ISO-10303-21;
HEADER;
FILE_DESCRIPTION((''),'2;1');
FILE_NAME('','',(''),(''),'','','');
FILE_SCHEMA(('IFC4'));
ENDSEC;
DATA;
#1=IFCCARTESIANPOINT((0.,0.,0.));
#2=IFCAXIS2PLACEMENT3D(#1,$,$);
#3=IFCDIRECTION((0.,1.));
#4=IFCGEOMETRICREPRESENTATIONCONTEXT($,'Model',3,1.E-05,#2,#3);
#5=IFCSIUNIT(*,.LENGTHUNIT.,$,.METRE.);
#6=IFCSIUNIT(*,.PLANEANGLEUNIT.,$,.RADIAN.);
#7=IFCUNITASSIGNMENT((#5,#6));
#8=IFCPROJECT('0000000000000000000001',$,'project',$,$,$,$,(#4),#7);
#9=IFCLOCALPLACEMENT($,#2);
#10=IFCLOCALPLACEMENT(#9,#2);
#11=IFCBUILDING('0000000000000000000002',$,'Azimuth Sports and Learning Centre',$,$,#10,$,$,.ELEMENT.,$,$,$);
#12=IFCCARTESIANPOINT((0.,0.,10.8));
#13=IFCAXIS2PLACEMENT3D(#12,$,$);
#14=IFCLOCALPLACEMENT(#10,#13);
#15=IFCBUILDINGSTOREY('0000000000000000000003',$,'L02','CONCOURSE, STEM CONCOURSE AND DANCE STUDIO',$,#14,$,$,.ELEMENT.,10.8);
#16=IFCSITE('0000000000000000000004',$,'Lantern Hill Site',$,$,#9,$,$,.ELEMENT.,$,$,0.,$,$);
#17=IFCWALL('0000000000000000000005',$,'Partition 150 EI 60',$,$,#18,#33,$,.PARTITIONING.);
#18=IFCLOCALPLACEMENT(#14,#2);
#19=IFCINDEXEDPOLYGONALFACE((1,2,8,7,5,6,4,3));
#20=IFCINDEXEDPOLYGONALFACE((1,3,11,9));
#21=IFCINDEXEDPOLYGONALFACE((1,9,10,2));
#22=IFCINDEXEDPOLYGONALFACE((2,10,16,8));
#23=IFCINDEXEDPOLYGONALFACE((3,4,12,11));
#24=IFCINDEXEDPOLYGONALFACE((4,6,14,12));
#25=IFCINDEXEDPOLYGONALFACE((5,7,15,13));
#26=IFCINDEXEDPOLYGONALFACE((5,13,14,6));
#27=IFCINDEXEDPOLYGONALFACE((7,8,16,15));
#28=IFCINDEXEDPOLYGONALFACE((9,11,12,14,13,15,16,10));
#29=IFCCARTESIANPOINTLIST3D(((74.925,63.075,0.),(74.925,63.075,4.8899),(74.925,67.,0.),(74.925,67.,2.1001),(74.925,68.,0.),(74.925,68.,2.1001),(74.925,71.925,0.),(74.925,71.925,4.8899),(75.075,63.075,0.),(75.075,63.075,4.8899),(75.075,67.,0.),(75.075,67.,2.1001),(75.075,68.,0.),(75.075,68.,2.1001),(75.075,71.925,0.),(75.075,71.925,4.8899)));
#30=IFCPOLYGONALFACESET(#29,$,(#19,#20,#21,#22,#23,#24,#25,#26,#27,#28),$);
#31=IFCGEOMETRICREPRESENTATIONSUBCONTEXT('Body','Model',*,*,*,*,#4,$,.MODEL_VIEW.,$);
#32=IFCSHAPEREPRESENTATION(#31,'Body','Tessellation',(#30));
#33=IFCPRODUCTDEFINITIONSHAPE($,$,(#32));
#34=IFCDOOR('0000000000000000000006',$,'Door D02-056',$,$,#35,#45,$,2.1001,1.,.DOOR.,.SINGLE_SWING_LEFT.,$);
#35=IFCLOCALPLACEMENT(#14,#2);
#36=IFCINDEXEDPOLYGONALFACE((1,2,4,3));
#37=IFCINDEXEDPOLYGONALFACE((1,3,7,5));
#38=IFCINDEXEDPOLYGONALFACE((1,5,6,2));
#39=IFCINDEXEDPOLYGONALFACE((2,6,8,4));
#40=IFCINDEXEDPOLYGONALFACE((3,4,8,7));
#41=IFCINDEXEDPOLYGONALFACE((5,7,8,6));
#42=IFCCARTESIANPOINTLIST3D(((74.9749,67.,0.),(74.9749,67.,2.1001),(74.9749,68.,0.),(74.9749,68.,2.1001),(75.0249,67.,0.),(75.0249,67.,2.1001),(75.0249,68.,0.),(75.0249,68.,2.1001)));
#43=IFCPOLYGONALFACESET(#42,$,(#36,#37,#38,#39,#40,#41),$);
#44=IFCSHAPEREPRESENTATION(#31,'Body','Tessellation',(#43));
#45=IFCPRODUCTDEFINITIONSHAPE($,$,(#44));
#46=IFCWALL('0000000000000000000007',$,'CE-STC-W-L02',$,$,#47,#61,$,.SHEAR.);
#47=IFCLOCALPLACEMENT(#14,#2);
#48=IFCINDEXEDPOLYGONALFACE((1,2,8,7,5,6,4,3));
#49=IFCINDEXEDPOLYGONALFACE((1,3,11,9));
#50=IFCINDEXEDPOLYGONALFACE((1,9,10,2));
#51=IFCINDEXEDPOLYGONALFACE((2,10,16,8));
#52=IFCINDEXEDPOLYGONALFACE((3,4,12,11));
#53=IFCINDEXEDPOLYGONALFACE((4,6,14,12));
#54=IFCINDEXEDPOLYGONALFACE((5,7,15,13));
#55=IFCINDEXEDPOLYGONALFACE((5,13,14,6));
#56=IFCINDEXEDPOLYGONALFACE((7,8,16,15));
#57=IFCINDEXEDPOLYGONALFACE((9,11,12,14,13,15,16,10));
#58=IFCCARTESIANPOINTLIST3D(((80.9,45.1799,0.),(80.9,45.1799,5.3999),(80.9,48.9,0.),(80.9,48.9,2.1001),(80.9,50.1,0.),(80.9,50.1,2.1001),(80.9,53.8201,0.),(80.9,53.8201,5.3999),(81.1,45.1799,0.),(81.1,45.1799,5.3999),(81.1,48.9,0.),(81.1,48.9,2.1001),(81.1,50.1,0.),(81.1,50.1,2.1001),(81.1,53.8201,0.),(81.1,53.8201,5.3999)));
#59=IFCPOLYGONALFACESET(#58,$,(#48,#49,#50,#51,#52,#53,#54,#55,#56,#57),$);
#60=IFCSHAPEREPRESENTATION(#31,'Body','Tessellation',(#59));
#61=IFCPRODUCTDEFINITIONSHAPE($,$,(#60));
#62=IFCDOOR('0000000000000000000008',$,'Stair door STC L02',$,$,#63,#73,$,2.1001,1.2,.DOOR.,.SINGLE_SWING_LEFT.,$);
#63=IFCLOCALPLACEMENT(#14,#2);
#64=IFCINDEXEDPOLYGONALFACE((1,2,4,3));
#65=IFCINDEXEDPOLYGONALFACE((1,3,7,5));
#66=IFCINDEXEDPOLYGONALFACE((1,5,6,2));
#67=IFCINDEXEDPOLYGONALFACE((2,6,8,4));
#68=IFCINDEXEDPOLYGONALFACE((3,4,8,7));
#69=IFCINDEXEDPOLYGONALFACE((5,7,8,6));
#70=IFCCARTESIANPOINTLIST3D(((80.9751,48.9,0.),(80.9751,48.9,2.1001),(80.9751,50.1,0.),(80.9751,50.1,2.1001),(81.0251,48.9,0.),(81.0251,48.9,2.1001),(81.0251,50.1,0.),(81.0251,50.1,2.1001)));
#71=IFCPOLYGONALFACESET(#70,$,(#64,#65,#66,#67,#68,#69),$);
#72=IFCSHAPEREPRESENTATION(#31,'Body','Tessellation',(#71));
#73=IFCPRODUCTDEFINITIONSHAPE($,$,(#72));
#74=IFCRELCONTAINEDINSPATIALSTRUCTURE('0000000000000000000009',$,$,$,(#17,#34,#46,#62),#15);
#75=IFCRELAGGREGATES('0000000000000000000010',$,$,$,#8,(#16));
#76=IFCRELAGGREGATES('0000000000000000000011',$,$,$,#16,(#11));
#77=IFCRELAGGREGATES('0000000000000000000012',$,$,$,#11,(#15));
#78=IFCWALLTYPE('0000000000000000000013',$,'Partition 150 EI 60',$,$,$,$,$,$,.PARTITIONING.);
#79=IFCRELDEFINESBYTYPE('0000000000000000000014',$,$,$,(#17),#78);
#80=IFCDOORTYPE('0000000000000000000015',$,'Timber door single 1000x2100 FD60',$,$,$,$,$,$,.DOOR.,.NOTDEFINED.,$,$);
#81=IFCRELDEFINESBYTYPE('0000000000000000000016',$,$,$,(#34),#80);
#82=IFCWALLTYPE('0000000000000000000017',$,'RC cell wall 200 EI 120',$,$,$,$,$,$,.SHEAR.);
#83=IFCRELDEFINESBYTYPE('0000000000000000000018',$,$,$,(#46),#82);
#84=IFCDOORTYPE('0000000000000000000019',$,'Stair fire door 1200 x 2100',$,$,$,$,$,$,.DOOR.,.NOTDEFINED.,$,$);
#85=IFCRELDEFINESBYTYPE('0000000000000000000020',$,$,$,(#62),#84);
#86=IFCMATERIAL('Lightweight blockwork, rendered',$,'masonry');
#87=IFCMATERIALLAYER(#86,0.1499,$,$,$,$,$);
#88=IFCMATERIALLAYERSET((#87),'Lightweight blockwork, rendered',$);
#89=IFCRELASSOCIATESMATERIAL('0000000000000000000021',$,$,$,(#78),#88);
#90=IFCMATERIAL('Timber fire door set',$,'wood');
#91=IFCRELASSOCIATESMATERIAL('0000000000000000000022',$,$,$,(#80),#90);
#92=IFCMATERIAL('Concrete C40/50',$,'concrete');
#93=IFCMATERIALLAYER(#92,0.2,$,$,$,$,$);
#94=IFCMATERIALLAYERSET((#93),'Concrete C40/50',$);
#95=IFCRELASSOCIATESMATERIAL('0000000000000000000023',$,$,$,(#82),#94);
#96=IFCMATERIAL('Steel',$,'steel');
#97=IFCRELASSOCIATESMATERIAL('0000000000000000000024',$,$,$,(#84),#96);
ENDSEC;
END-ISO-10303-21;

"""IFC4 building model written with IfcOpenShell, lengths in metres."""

from ifc_helpers import new_model, si_unit, direction, frame, frame_2d, origin, place, context, subcontext, project, spatial, rectangle, extrude, material, layer, layer_set, type_object, element, fill, save


model = new_model("IFC4")

# Units and contexts
model_context = context("Model", 3, precision=1e-05, world=origin(), true_north=direction((0.0, 1.0)))
body_context = subcontext(model_context, "Body", "Model", "MODEL_VIEW")
ifc_project = project(units=[si_unit("LENGTHUNIT", "METRE"), si_unit("PLANEANGLEUNIT", "RADIAN")], contexts=[model_context])

# Site, building, storey
site_placement = place(None, origin())
site = spatial("IfcSite", under=ifc_project, at=site_placement, Name="Lantern Hill Site", CompositionType="ELEMENT", RefElevation=0.0)
building_placement = place(site_placement, origin())
building = spatial("IfcBuilding", under=site, at=building_placement, Name="Azimuth Sports and Learning Centre", CompositionType="ELEMENT")
storey_placement = place(building_placement, frame((0.0, 0.0, 10.8)))
storey = spatial("IfcBuildingStorey", under=building, at=storey_placement, Name="L02", Description="CONCOURSE, STEM CONCOURSE AND DANCE STUDIO", CompositionType="ELEMENT", Elevation=10.8)

# Shared definitions
ifc_material_1 = material(Name="Lightweight blockwork, rendered", Category="masonry")
ifc_layer_1 = layer(ifc_material_1, 0.1499)
ifc_layer_set_1 = layer_set([ifc_layer_1], Name="Lightweight blockwork, rendered")
wall_type_1 = type_object("IfcWallType", Name="Partition 150 EI 60", PredefinedType="PARTITIONING", material=ifc_layer_set_1)

# Walls, openings, doors
ifc_material_2 = material(Name="Timber fire door set", Category="wood")
door_type_1 = type_object("IfcDoorType", Name="Timber door single 1000x2100 FD60", OperationType="NOTDEFINED", PredefinedType="DOOR", material=ifc_material_2)
wall_1_placement = place(storey_placement, frame((75.0, 63.075, 0.0), z_axis=(0.0, 0.0, 1.0), x_axis=(0.0, 1.0, 0.0)))
wall_1 = element("IfcWall", 1, at=wall_1_placement, inside=storey, type_object=wall_type_1, Name="Partition 150 EI 60", PredefinedType="PARTITIONING", context=body_context, shape_type="SweptSolid", body=[
    extrude(rectangle(XDim=8.8501, YDim=0.1499, at=frame_2d((4.425, 0.0))), origin(), (0.0, 0.0, 1.0), 4.8899),
])
opening_1_placement = place(wall_1_placement, frame((3.925, 0.0, 0.0)))
opening_1 = element("IfcOpeningElement", 2, at=opening_1_placement, cuts=wall_1, PredefinedType="OPENING", context=body_context, shape_type="SweptSolid", body=[
    extrude(rectangle(XDim=1.0, YDim=2.1001, at=frame_2d((0.5, 1.05))), frame((0.0, 0.0859, 0.0), z_axis=(0.0, -1.0, 0.0), x_axis=(1.0, 0.0, 0.0)), (0.0, 0.0, 1.0), 0.1719),
])
door_1_placement = place(opening_1_placement, frame((1.0, 0.0, 0.0), z_axis=(0.0, 0.0, 1.0), x_axis=(-1.0, 0.0, 0.0)))
door_1 = element("IfcDoor", 3, at=door_1_placement, inside=storey, type_object=door_type_1, Name="Door D02-056", OperationType="SINGLE_SWING_LEFT", OverallHeight=2.1001, OverallWidth=1.0, PredefinedType="DOOR", context=body_context, shape_type="SweptSolid", body=[
    extrude(rectangle(XDim=1.0, YDim=2.1001, at=frame_2d((0.5, 1.05))), frame((0.0, 0.0249, 0.0), z_axis=(0.0, -1.0, 0.0), x_axis=(1.0, 0.0, 0.0)), (0.0, 0.0, 1.0), 0.05),
])
fill(opening_1, door_1)
ifc_material_3 = material(Name="Concrete C40/50", Category="concrete")
ifc_layer_2 = layer(ifc_material_3, 0.2)
ifc_layer_set_2 = layer_set([ifc_layer_2], Name="Concrete C40/50")
wall_type_2 = type_object("IfcWallType", Name="RC cell wall 200 EI 120", PredefinedType="SHEAR", material=ifc_layer_set_2)
wall_2_placement = place(storey_placement, frame((81.0, 45.1799, 0.0), z_axis=(0.0, 0.0, 1.0), x_axis=(0.0, 1.0, 0.0)))
wall_2 = element("IfcWall", 4, at=wall_2_placement, inside=storey, type_object=wall_type_2, Name="CE-STC-W-L02", PredefinedType="SHEAR", context=body_context, shape_type="SweptSolid", body=[
    extrude(rectangle(XDim=8.6401, YDim=0.2, at=frame_2d((4.3201, 0.0))), origin(), (0.0, 0.0, 1.0), 5.3999),
])
opening_2_placement = place(wall_2_placement, frame((3.72, 0.0, 0.0)))
opening_2 = element("IfcOpeningElement", 5, at=opening_2_placement, cuts=wall_2, PredefinedType="OPENING", context=body_context, shape_type="SweptSolid", body=[
    extrude(rectangle(XDim=1.2, YDim=2.1001, at=frame_2d((0.6001, 1.05))), frame((0.0, 0.1108, 0.0), z_axis=(0.0, -1.0, 0.0), x_axis=(1.0, 0.0, 0.0)), (0.0, 0.0, 1.0), 0.2219),
])
ifc_material_4 = material(Name="Steel", Category="steel")
door_type_2 = type_object("IfcDoorType", Name="Stair fire door 1200 x 2100", OperationType="NOTDEFINED", PredefinedType="DOOR", material=ifc_material_4)
door_2_placement = place(opening_2_placement, origin())
door_2 = element("IfcDoor", 6, at=door_2_placement, inside=storey, type_object=door_type_2, Name="Stair door STC L02", OperationType="SINGLE_SWING_LEFT", OverallHeight=2.1001, OverallWidth=1.2, PredefinedType="DOOR", context=body_context, shape_type="SweptSolid", body=[
    extrude(rectangle(XDim=1.2, YDim=2.1001, at=frame_2d((0.6001, 1.05))), frame((0.0, 0.0249, 0.0), z_axis=(0.0, -1.0, 0.0), x_axis=(1.0, 0.0, 0.0)), (0.0, 0.0, 1.0), 0.05),
])
fill(opening_2, door_2)

save(model, "model.ifc")
